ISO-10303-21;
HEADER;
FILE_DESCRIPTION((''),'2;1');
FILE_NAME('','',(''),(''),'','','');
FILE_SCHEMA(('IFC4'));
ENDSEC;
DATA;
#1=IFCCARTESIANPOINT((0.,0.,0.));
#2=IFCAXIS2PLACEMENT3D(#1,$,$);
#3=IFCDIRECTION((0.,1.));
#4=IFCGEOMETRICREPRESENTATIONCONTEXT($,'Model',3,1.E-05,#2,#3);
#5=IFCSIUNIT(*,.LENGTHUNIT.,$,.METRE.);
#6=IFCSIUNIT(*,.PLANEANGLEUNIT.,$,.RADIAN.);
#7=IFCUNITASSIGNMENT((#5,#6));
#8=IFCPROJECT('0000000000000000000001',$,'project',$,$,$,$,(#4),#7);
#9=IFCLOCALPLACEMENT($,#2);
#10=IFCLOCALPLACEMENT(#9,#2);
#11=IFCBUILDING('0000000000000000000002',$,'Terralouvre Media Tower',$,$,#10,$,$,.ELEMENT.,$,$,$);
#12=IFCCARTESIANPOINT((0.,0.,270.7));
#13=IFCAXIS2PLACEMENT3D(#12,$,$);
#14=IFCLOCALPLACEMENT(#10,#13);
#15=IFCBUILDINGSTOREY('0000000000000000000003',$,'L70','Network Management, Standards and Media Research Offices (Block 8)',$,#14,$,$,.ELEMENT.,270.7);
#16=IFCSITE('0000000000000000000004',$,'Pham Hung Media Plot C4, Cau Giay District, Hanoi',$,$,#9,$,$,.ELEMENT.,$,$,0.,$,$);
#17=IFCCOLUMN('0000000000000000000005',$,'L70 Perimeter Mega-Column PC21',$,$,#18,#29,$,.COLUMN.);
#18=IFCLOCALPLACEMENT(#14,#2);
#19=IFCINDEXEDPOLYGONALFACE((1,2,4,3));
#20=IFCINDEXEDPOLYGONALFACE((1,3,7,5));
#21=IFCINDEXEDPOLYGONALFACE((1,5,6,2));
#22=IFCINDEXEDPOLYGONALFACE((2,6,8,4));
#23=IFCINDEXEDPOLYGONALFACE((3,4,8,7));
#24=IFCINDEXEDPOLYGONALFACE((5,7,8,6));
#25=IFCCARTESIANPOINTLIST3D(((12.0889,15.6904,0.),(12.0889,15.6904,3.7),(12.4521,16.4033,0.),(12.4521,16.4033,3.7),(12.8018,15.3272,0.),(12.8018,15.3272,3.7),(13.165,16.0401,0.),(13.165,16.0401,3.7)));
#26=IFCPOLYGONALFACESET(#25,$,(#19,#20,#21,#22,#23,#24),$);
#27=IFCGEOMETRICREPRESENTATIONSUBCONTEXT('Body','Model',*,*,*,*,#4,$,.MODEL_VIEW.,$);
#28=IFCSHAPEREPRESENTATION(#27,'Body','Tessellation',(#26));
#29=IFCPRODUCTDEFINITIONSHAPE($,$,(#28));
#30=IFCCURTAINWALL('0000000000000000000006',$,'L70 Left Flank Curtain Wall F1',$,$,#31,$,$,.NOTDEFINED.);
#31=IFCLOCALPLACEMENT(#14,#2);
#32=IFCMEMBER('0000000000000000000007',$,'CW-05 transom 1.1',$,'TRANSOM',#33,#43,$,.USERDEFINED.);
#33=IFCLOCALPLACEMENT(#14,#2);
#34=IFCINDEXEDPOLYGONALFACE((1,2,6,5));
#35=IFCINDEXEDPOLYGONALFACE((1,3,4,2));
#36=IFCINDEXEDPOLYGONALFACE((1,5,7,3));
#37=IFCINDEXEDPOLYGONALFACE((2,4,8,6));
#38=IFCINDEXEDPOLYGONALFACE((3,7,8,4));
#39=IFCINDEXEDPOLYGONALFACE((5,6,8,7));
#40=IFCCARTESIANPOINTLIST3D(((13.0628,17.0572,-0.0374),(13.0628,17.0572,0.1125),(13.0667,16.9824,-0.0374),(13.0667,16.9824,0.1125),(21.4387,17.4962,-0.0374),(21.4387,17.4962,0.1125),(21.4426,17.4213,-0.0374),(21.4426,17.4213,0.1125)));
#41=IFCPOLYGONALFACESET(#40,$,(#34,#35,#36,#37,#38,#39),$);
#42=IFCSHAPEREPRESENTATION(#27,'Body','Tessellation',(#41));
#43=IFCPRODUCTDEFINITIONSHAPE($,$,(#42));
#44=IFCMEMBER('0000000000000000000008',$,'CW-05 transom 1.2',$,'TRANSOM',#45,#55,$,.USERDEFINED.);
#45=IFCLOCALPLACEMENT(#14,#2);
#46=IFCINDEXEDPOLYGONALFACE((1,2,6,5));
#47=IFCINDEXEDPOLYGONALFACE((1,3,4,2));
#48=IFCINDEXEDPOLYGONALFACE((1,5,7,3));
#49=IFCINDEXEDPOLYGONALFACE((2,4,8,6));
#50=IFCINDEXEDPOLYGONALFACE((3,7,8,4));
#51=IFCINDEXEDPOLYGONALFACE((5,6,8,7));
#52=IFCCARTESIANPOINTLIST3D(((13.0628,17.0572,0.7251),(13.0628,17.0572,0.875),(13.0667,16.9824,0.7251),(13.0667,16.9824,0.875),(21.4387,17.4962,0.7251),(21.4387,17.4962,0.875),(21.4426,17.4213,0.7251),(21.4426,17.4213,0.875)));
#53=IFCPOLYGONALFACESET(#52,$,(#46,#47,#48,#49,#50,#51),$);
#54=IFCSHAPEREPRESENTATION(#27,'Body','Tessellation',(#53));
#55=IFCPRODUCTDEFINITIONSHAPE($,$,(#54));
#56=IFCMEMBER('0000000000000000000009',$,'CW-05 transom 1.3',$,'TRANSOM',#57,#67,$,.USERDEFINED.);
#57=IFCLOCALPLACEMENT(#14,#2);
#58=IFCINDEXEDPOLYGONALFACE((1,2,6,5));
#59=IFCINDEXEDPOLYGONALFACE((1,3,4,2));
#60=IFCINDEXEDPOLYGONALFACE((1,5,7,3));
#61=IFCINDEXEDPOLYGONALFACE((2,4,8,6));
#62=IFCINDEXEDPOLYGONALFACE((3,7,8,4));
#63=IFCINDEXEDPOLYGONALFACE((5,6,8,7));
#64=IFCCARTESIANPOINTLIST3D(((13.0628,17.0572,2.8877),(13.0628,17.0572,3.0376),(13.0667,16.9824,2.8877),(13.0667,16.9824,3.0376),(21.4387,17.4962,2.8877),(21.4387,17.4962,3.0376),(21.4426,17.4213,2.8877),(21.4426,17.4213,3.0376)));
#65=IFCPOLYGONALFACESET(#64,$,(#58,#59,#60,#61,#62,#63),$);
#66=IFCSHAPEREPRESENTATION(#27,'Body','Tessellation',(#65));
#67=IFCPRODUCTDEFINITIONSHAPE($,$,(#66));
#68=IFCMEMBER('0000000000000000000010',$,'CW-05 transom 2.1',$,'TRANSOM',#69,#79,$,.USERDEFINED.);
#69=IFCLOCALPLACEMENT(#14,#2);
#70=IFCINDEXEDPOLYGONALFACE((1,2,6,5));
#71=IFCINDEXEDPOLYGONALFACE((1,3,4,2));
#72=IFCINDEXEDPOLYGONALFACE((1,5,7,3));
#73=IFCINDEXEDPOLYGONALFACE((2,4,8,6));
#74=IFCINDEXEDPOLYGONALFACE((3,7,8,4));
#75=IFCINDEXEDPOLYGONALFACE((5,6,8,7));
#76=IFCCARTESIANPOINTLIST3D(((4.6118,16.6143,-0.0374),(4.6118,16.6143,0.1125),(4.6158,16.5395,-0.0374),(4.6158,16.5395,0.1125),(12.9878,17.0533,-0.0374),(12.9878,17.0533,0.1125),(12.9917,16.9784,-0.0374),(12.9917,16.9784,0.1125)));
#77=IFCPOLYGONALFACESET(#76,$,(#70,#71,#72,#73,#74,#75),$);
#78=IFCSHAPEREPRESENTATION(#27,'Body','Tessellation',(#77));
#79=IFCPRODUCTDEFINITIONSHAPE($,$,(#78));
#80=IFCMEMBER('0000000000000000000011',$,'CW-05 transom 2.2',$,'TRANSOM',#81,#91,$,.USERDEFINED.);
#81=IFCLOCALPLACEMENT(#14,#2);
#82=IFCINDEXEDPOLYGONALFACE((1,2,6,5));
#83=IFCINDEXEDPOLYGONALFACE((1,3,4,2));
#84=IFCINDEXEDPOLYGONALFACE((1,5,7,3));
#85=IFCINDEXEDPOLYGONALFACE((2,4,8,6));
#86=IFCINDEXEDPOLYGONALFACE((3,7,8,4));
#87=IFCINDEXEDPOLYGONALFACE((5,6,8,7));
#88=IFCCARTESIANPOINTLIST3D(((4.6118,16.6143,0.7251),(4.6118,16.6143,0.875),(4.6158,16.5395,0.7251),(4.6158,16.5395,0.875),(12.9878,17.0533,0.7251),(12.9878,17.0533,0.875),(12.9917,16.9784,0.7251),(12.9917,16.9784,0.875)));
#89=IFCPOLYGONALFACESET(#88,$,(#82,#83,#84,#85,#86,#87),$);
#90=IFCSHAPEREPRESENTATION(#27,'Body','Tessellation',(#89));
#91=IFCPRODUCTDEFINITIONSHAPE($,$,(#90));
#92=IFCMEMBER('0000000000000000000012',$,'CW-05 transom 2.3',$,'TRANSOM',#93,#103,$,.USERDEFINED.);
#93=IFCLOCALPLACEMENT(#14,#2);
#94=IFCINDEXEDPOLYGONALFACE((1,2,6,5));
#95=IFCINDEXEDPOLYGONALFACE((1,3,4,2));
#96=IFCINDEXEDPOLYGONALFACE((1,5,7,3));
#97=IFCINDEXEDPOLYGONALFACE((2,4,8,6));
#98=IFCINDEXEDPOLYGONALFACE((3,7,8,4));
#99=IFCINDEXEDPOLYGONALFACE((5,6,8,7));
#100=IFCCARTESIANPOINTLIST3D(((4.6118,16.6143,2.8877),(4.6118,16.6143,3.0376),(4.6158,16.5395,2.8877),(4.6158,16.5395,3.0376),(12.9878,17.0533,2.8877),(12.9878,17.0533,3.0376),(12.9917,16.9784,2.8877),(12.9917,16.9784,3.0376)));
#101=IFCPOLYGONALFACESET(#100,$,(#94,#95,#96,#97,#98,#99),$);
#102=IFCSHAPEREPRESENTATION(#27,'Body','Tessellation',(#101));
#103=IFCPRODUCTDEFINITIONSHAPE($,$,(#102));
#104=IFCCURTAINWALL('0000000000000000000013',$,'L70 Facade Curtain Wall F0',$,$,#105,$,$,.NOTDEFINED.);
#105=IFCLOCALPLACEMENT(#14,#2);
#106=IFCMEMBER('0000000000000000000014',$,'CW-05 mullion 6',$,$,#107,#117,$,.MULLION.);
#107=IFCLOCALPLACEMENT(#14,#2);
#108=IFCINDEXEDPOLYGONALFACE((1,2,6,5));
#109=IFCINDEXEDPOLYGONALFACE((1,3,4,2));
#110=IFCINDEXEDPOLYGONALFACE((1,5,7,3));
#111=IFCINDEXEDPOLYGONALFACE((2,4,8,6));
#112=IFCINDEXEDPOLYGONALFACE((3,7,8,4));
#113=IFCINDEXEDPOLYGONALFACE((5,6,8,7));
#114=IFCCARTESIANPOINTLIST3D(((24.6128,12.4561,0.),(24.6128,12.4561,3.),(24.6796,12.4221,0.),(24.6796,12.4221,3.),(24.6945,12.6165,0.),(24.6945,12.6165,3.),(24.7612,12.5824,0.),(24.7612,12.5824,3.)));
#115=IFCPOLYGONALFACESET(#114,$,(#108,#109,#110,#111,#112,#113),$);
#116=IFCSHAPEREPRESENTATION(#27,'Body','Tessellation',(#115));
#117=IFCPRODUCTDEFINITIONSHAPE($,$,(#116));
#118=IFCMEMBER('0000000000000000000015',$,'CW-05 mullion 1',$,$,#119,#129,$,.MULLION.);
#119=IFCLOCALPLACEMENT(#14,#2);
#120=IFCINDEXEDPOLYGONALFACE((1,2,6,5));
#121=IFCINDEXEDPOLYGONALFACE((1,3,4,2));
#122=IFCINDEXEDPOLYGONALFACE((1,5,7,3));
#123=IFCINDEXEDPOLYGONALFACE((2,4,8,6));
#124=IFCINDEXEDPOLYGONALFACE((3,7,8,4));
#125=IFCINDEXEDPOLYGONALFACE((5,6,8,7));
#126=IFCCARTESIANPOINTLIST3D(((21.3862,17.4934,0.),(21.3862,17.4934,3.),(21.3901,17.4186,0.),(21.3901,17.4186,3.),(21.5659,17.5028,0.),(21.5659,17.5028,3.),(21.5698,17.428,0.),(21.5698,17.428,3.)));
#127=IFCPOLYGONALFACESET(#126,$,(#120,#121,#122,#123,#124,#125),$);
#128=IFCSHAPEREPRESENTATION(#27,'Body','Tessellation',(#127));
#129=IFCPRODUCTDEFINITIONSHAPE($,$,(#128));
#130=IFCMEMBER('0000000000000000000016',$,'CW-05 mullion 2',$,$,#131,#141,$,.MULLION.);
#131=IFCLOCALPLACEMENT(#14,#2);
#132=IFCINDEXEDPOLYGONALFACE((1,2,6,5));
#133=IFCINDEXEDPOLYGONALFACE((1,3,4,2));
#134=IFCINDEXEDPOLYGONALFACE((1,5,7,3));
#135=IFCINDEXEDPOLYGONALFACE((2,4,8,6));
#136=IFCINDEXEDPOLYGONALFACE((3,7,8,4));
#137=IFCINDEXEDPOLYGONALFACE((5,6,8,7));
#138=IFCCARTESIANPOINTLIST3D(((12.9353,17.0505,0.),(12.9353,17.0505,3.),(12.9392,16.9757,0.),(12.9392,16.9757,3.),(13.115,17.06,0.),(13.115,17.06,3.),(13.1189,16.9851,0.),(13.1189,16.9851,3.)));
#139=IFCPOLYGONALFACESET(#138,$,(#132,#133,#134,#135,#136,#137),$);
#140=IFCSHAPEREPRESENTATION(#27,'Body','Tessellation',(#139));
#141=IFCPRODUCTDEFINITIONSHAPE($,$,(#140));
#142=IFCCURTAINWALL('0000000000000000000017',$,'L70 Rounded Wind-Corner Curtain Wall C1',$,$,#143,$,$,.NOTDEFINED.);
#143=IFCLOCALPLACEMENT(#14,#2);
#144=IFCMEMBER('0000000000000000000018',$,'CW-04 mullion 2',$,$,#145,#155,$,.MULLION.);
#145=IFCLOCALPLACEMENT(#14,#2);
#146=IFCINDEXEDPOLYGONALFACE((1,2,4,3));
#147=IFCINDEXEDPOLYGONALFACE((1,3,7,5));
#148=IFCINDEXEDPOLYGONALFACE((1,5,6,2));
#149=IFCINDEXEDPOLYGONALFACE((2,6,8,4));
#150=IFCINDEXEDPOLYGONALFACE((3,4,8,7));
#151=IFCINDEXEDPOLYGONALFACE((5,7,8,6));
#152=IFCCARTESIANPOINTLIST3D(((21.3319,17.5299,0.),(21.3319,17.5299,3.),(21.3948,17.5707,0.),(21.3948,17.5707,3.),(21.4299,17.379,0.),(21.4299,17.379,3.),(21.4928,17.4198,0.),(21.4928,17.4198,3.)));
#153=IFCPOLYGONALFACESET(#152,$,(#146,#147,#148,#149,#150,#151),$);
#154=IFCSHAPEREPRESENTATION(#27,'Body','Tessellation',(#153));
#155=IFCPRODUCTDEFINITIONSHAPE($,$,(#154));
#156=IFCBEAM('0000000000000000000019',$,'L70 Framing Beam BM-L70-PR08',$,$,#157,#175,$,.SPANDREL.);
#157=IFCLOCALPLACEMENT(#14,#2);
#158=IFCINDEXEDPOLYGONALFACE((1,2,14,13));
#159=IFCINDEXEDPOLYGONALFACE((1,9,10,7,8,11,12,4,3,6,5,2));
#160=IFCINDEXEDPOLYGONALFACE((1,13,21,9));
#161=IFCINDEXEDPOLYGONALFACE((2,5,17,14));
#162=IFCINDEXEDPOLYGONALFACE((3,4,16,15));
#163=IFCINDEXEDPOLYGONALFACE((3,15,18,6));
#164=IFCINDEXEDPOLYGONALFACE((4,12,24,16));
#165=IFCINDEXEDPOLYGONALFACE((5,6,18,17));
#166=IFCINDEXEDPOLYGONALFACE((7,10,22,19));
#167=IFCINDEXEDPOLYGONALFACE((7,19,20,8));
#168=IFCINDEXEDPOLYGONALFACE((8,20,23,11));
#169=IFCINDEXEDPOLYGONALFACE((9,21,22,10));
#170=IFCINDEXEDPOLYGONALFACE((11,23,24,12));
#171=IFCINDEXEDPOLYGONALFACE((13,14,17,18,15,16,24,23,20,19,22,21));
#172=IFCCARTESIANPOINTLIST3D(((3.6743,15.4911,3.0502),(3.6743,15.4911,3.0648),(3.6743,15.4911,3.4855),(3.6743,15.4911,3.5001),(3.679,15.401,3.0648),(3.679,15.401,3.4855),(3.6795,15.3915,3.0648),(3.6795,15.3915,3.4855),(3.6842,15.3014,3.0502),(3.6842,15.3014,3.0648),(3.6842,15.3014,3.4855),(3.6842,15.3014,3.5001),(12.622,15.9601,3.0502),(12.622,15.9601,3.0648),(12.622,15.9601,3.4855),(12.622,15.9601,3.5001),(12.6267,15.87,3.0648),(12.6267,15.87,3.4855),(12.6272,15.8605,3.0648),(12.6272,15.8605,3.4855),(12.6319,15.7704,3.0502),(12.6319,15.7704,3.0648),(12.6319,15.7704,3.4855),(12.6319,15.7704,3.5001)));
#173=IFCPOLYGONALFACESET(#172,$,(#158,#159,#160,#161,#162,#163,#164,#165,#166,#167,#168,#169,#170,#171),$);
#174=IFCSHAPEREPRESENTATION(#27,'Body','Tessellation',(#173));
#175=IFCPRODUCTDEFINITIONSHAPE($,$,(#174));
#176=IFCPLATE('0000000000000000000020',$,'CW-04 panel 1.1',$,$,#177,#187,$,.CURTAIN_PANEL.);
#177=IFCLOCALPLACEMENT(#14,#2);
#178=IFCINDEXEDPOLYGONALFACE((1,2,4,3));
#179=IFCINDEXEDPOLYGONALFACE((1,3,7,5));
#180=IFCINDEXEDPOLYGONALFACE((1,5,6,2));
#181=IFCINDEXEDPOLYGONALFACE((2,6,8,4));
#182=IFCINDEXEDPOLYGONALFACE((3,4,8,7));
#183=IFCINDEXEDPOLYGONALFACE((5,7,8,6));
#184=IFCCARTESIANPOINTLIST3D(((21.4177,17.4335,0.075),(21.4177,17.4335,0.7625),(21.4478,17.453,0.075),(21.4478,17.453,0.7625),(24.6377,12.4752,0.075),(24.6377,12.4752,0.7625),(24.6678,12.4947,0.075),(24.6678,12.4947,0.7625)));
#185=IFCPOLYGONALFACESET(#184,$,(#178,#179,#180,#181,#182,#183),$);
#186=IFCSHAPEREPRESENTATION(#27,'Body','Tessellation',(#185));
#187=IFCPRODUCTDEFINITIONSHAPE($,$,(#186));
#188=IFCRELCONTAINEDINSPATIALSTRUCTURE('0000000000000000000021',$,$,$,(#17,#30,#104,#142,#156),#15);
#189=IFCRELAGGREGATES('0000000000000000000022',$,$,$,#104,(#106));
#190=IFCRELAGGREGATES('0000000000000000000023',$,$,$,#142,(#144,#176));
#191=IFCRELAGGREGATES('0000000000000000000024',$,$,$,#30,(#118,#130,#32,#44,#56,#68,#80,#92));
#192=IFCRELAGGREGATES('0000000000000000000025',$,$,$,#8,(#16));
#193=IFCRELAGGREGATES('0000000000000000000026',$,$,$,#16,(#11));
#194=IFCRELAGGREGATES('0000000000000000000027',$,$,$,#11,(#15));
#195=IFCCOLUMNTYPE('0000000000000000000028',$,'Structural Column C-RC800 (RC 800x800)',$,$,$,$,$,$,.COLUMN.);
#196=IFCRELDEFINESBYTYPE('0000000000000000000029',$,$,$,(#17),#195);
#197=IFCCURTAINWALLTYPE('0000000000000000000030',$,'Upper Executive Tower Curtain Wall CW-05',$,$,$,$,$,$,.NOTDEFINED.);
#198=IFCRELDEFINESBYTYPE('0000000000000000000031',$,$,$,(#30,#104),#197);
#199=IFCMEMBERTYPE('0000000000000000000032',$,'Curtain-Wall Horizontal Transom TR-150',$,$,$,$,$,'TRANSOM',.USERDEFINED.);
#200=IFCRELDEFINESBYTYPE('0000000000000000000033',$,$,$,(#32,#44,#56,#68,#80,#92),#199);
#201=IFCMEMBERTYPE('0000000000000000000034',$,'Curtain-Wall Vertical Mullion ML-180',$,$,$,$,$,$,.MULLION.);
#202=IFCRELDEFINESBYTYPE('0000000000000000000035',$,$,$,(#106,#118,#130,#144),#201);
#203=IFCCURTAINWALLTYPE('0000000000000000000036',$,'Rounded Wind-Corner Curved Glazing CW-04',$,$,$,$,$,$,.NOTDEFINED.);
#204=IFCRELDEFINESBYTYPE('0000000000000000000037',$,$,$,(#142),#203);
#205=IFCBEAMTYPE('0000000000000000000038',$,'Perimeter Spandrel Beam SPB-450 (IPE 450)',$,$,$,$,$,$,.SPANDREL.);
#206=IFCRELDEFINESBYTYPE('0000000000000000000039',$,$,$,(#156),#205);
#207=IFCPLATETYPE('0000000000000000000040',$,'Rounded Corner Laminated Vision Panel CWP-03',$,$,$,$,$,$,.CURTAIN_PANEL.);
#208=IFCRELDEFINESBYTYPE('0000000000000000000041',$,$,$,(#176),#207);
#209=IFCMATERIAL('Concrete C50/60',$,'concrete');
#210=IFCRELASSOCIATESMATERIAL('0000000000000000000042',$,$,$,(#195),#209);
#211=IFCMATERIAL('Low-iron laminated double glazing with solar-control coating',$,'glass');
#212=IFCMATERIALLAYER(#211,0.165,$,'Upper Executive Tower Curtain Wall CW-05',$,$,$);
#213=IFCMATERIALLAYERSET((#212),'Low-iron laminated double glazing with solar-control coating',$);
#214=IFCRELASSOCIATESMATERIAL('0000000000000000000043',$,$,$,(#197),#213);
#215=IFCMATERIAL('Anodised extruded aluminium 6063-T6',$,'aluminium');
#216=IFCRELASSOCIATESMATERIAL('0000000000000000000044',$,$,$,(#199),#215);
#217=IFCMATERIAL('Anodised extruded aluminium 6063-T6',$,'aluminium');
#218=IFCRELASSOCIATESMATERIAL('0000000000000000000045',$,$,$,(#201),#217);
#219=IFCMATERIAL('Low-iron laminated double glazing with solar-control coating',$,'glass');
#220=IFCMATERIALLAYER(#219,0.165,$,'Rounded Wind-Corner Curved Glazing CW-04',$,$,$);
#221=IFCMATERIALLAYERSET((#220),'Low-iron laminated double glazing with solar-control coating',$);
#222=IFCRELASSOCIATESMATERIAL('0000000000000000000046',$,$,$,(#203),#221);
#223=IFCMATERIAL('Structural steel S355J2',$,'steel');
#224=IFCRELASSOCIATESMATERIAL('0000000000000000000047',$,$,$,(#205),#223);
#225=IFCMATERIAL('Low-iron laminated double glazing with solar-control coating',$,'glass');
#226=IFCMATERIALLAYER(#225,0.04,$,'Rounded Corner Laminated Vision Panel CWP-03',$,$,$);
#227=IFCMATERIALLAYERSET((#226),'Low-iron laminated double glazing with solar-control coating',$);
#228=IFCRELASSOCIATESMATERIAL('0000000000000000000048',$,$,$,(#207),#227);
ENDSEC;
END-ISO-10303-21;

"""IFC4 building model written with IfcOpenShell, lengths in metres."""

from ifc_helpers import new_model, si_unit, direction, frame, origin, origin_2d, place, context, subcontext, project, spatial, rectangle, i_section, extrude, material, layer, layer_set, material_profile, profile_set, type_object, element, aggregate, save


model = new_model("IFC4")

# Units and contexts
model_context = context("Model", 3, precision=1e-05, world=origin(), true_north=direction((0.0, 1.0)))
body_context = subcontext(model_context, "Body", "Model", "MODEL_VIEW")
ifc_project = project(units=[si_unit("LENGTHUNIT", "METRE"), si_unit("PLANEANGLEUNIT", "RADIAN")], contexts=[model_context])

# Site, building, storey
site_placement = place(None, origin())
site = spatial("IfcSite", under=ifc_project, at=site_placement, Name="Pham Hung Media Plot C4, Cau Giay District, Hanoi", CompositionType="ELEMENT", RefElevation=0.0)
building_placement = place(site_placement, origin())
building = spatial("IfcBuilding", under=site, at=building_placement, Name="Terralouvre Media Tower", CompositionType="ELEMENT")
storey_placement = place(building_placement, frame((0.0, 0.0, 270.7)))
storey = spatial("IfcBuildingStorey", under=building, at=storey_placement, Name="L70", Description="Network Management, Standards and Media Research Offices (Block 8)", CompositionType="ELEMENT", Elevation=270.7)

# Column
ifc_material_1 = material(Name="Concrete C50/60", Category="concrete")
ifc_material_profile_1 = material_profile(ifc_material_1, rectangle(XDim=0.8, YDim=0.8, at=origin_2d()), Name="RC 800x800")
ifc_profile_set_1 = profile_set([ifc_material_profile_1], Name="Concrete C50/60")
column_type = type_object("IfcColumnType", Name="Structural Column C-RC800 (RC 800x800)", PredefinedType="COLUMN", material=ifc_profile_set_1)
column_placement = place(storey_placement, frame((12.627, 15.8652, 0.0), z_axis=(0.0, 0.0, 1.0), x_axis=(0.45399, 0.891007, 0.0)))
element("IfcColumn", 1, at=column_placement, inside=storey, type_object=column_type, Name="L70 Perimeter Mega-Column PC21", PredefinedType="COLUMN", context=body_context, shape_type="SweptSolid", body=[
    extrude(rectangle(XDim=0.8, YDim=0.8, at=origin_2d()), origin(), (0.0, 0.0, 1.0), 3.7),
])

# Curtain wall, members
ifc_material_2 = material(Name="Low-iron laminated double glazing with solar-control coating", Category="glass")
ifc_layer_1 = layer(ifc_material_2, 0.165, Name="Upper Executive Tower Curtain Wall CW-05")
ifc_layer_set_1 = layer_set([ifc_layer_1], Name="Low-iron laminated double glazing with solar-control coating")
curtain_wall_type_1 = type_object("IfcCurtainWallType", Name="Upper Executive Tower Curtain Wall CW-05", PredefinedType="NOTDEFINED", material=ifc_layer_set_1)
curtain_wall_1_placement = place(storey_placement, origin())
curtain_wall_1 = element("IfcCurtainWall", 2, at=curtain_wall_1_placement, inside=storey, type_object=curtain_wall_type_1, Name="L70 Left Flank Curtain Wall F1", PredefinedType="NOTDEFINED")
ifc_material_3 = material(Name="Anodised extruded aluminium 6063-T6", Category="aluminium")
ifc_material_profile_2 = material_profile(ifc_material_3, rectangle(XDim=0.075, YDim=0.1499, at=origin_2d()), Name="ALU 75x150")
ifc_profile_set_2 = profile_set([ifc_material_profile_2], Name="Anodised extruded aluminium 6063-T6")
member_type_1 = type_object("IfcMemberType", Name="Curtain-Wall Horizontal Transom TR-150", ElementType="TRANSOM", PredefinedType="USERDEFINED", material=ifc_profile_set_2)
member_1_placement = place(storey_placement, frame((21.4407, 17.4587, 0.0376), z_axis=(-0.99863, -0.052336, 0.0), x_axis=(0.052336, -0.99863, 0.0)))
member_1 = element("IfcMember", 3, at=member_1_placement, type_object=member_type_1, Name="CW-05 transom 1.1", ObjectType="TRANSOM", PredefinedType="USERDEFINED", context=body_context, shape_type="SweptSolid", body=[
    extrude(rectangle(XDim=0.075, YDim=0.1499, at=origin_2d()), origin(), (0.0, 0.0, 1.0), 8.3875),
])
member_2_placement = place(storey_placement, frame((21.4407, 17.4587, 0.8), z_axis=(-0.99863, -0.052336, 0.0), x_axis=(0.052336, -0.99863, 0.0)))
member_2 = element("IfcMember", 4, at=member_2_placement, type_object=member_type_1, Name="CW-05 transom 1.2", ObjectType="TRANSOM", PredefinedType="USERDEFINED", context=body_context, shape_type="SweptSolid", body=[
    extrude(rectangle(XDim=0.075, YDim=0.1499, at=origin_2d()), origin(), (0.0, 0.0, 1.0), 8.3875),
])
member_3_placement = place(storey_placement, frame((21.4407, 17.4587, 2.9626), z_axis=(-0.99863, -0.052336, 0.0), x_axis=(0.052336, -0.99863, 0.0)))
member_3 = element("IfcMember", 5, at=member_3_placement, type_object=member_type_1, Name="CW-05 transom 1.3", ObjectType="TRANSOM", PredefinedType="USERDEFINED", context=body_context, shape_type="SweptSolid", body=[
    extrude(rectangle(XDim=0.075, YDim=0.1499, at=origin_2d()), origin(), (0.0, 0.0, 1.0), 8.3875),
])
member_4_placement = place(storey_placement, frame((12.9897, 17.0159, 0.0376), z_axis=(-0.99863, -0.052336, 0.0), x_axis=(0.052336, -0.99863, 0.0)))
member_4 = element("IfcMember", 6, at=member_4_placement, type_object=member_type_1, Name="CW-05 transom 2.1", ObjectType="TRANSOM", PredefinedType="USERDEFINED", context=body_context, shape_type="SweptSolid", body=[
    extrude(rectangle(XDim=0.075, YDim=0.1499, at=origin_2d()), origin(), (0.0, 0.0, 1.0), 8.3875),
])
member_5_placement = place(storey_placement, frame((12.9897, 17.0159, 0.8), z_axis=(-0.99863, -0.052336, 0.0), x_axis=(0.052336, -0.99863, 0.0)))
member_5 = element("IfcMember", 7, at=member_5_placement, type_object=member_type_1, Name="CW-05 transom 2.2", ObjectType="TRANSOM", PredefinedType="USERDEFINED", context=body_context, shape_type="SweptSolid", body=[
    extrude(rectangle(XDim=0.075, YDim=0.1499, at=origin_2d()), origin(), (0.0, 0.0, 1.0), 8.3875),
])
member_6_placement = place(storey_placement, frame((12.9897, 17.0159, 2.9626), z_axis=(-0.99863, -0.052336, 0.0), x_axis=(0.052336, -0.99863, 0.0)))
member_6 = element("IfcMember", 8, at=member_6_placement, type_object=member_type_1, Name="CW-05 transom 2.3", ObjectType="TRANSOM", PredefinedType="USERDEFINED", context=body_context, shape_type="SweptSolid", body=[
    extrude(rectangle(XDim=0.075, YDim=0.1499, at=origin_2d()), origin(), (0.0, 0.0, 1.0), 8.3875),
])

# Curtain wall, member
curtain_wall_2_placement = place(storey_placement, origin())
curtain_wall_2 = element("IfcCurtainWall", 9, at=curtain_wall_2_placement, inside=storey, type_object=curtain_wall_type_1, Name="L70 Facade Curtain Wall F0", PredefinedType="NOTDEFINED")
ifc_material_4 = material(Name="Anodised extruded aluminium 6063-T6", Category="aluminium")
ifc_material_profile_3 = material_profile(ifc_material_4, rectangle(XDim=0.075, YDim=0.1799, at=origin_2d()), Name="ALU 75x180")
ifc_profile_set_3 = profile_set([ifc_material_profile_3], Name="Anodised extruded aluminium 6063-T6")
member_type_2 = type_object("IfcMemberType", Name="Curtain-Wall Vertical Mullion ML-180", PredefinedType="MULLION", material=ifc_profile_set_3)
member_7_placement = place(storey_placement, frame((24.687, 12.5193, 0.0), z_axis=(0.0, 0.0, 1.0), x_axis=(-0.891007, 0.45399, 0.0)))
member_7 = element("IfcMember", 10, at=member_7_placement, type_object=member_type_2, Name="CW-05 mullion 6", PredefinedType="MULLION", context=body_context, shape_type="SweptSolid", body=[
    extrude(rectangle(XDim=0.075, YDim=0.1799, at=origin_2d()), origin(), (0.0, 0.0, 1.0), 3.0),
])
aggregate(curtain_wall_2, [member_7])

# Members
member_8_placement = place(storey_placement, frame((21.478, 17.4607, 0.0), z_axis=(0.0, 0.0, 1.0), x_axis=(0.052336, -0.99863, 0.0)))
member_8 = element("IfcMember", 11, at=member_8_placement, type_object=member_type_2, Name="CW-05 mullion 1", PredefinedType="MULLION", context=body_context, shape_type="SweptSolid", body=[
    extrude(rectangle(XDim=0.075, YDim=0.1799, at=origin_2d()), origin(), (0.0, 0.0, 1.0), 3.0),
])
member_9_placement = place(storey_placement, frame((13.0271, 17.0178, 0.0), z_axis=(0.0, 0.0, 1.0), x_axis=(0.052336, -0.99863, 0.0)))
member_9 = element("IfcMember", 12, at=member_9_placement, type_object=member_type_2, Name="CW-05 mullion 2", PredefinedType="MULLION", context=body_context, shape_type="SweptSolid", body=[
    extrude(rectangle(XDim=0.075, YDim=0.1799, at=origin_2d()), origin(), (0.0, 0.0, 1.0), 3.0),
])

# Curtain wall, member
ifc_material_5 = material(Name="Low-iron laminated double glazing with solar-control coating", Category="glass")
ifc_layer_2 = layer(ifc_material_5, 0.165, Name="Rounded Wind-Corner Curved Glazing CW-04")
ifc_layer_set_2 = layer_set([ifc_layer_2], Name="Low-iron laminated double glazing with solar-control coating")
curtain_wall_type_2 = type_object("IfcCurtainWallType", Name="Rounded Wind-Corner Curved Glazing CW-04", PredefinedType="NOTDEFINED", material=ifc_layer_set_2)
curtain_wall_3_placement = place(storey_placement, origin())
curtain_wall_3 = element("IfcCurtainWall", 13, at=curtain_wall_3_placement, inside=storey, type_object=curtain_wall_type_2, Name="L70 Rounded Wind-Corner Curtain Wall C1", PredefinedType="NOTDEFINED")
member_10_placement = place(storey_placement, frame((21.4124, 17.4749, 0.0), z_axis=(0.0, 0.0, 1.0), x_axis=(-0.83867, -0.544639, 0.0)))
member_10 = element("IfcMember", 14, at=member_10_placement, type_object=member_type_2, Name="CW-04 mullion 2", PredefinedType="MULLION", context=body_context, shape_type="SweptSolid", body=[
    extrude(rectangle(XDim=0.075, YDim=0.1799, at=origin_2d()), origin(), (0.0, 0.0, 1.0), 3.0),
])

# Beam
ifc_material_6 = material(Name="Structural steel S355J2", Category="steel")
ifc_material_profile_4 = material_profile(ifc_material_6, i_section(OverallWidth=0.1899, OverallDepth=0.45, WebThickness=0.0095, FlangeThickness=0.0146, at=origin_2d()), Name="IPE 450")
ifc_profile_set_4 = profile_set([ifc_material_profile_4], Name="Structural steel S355J2")
beam_type = type_object("IfcBeamType", Name="Perimeter Spandrel Beam SPB-450 (IPE 450)", PredefinedType="SPANDREL", material=ifc_profile_set_4)
beam_placement = place(storey_placement, frame((12.627, 15.8652, 3.2751), z_axis=(-0.998629, -0.052343, 0.0), x_axis=(0.052343, -0.998629, 0.0)))
element("IfcBeam", 15, at=beam_placement, inside=storey, type_object=beam_type, Name="L70 Framing Beam BM-L70-PR08", PredefinedType="SPANDREL", context=body_context, shape_type="SweptSolid", body=[
    extrude(i_section(OverallWidth=0.1899, OverallDepth=0.45, WebThickness=0.0095, FlangeThickness=0.0146, at=origin_2d()), origin(), (0.0, 0.0, 1.0), 8.96),
])

# Plate
ifc_material_7 = material(Name="Low-iron laminated double glazing with solar-control coating", Category="glass")
ifc_layer_3 = layer(ifc_material_7, 0.04, Name="Rounded Corner Laminated Vision Panel CWP-03")
ifc_layer_set_3 = layer_set([ifc_layer_3], Name="Low-iron laminated double glazing with solar-control coating")
plate_type_1 = type_object("IfcPlateType", Name="Rounded Corner Laminated Vision Panel CWP-03", PredefinedType="CURTAIN_PANEL", material=ifc_layer_set_3)
plate_1_placement = place(storey_placement, frame((23.0427, 14.9641, 0.075), z_axis=(0.0, 0.0, 1.0), x_axis=(-0.544639, 0.83867, 0.0)))
plate_1 = element("IfcPlate", 16, at=plate_1_placement, type_object=plate_type_1, Name="CW-04 panel 1.1", PredefinedType="CURTAIN_PANEL", context=body_context, shape_type="SweptSolid", body=[
    extrude(rectangle(XDim=5.9121, YDim=0.0359, at=origin_2d()), origin(), (0.0, 0.0, 1.0), 0.6875),
])
aggregate(curtain_wall_3, [member_10, plate_1])
aggregate(curtain_wall_1, [member_8, member_9, member_1, member_2, member_3, member_4, member_5, member_6])

save(model, "model.ifc")
